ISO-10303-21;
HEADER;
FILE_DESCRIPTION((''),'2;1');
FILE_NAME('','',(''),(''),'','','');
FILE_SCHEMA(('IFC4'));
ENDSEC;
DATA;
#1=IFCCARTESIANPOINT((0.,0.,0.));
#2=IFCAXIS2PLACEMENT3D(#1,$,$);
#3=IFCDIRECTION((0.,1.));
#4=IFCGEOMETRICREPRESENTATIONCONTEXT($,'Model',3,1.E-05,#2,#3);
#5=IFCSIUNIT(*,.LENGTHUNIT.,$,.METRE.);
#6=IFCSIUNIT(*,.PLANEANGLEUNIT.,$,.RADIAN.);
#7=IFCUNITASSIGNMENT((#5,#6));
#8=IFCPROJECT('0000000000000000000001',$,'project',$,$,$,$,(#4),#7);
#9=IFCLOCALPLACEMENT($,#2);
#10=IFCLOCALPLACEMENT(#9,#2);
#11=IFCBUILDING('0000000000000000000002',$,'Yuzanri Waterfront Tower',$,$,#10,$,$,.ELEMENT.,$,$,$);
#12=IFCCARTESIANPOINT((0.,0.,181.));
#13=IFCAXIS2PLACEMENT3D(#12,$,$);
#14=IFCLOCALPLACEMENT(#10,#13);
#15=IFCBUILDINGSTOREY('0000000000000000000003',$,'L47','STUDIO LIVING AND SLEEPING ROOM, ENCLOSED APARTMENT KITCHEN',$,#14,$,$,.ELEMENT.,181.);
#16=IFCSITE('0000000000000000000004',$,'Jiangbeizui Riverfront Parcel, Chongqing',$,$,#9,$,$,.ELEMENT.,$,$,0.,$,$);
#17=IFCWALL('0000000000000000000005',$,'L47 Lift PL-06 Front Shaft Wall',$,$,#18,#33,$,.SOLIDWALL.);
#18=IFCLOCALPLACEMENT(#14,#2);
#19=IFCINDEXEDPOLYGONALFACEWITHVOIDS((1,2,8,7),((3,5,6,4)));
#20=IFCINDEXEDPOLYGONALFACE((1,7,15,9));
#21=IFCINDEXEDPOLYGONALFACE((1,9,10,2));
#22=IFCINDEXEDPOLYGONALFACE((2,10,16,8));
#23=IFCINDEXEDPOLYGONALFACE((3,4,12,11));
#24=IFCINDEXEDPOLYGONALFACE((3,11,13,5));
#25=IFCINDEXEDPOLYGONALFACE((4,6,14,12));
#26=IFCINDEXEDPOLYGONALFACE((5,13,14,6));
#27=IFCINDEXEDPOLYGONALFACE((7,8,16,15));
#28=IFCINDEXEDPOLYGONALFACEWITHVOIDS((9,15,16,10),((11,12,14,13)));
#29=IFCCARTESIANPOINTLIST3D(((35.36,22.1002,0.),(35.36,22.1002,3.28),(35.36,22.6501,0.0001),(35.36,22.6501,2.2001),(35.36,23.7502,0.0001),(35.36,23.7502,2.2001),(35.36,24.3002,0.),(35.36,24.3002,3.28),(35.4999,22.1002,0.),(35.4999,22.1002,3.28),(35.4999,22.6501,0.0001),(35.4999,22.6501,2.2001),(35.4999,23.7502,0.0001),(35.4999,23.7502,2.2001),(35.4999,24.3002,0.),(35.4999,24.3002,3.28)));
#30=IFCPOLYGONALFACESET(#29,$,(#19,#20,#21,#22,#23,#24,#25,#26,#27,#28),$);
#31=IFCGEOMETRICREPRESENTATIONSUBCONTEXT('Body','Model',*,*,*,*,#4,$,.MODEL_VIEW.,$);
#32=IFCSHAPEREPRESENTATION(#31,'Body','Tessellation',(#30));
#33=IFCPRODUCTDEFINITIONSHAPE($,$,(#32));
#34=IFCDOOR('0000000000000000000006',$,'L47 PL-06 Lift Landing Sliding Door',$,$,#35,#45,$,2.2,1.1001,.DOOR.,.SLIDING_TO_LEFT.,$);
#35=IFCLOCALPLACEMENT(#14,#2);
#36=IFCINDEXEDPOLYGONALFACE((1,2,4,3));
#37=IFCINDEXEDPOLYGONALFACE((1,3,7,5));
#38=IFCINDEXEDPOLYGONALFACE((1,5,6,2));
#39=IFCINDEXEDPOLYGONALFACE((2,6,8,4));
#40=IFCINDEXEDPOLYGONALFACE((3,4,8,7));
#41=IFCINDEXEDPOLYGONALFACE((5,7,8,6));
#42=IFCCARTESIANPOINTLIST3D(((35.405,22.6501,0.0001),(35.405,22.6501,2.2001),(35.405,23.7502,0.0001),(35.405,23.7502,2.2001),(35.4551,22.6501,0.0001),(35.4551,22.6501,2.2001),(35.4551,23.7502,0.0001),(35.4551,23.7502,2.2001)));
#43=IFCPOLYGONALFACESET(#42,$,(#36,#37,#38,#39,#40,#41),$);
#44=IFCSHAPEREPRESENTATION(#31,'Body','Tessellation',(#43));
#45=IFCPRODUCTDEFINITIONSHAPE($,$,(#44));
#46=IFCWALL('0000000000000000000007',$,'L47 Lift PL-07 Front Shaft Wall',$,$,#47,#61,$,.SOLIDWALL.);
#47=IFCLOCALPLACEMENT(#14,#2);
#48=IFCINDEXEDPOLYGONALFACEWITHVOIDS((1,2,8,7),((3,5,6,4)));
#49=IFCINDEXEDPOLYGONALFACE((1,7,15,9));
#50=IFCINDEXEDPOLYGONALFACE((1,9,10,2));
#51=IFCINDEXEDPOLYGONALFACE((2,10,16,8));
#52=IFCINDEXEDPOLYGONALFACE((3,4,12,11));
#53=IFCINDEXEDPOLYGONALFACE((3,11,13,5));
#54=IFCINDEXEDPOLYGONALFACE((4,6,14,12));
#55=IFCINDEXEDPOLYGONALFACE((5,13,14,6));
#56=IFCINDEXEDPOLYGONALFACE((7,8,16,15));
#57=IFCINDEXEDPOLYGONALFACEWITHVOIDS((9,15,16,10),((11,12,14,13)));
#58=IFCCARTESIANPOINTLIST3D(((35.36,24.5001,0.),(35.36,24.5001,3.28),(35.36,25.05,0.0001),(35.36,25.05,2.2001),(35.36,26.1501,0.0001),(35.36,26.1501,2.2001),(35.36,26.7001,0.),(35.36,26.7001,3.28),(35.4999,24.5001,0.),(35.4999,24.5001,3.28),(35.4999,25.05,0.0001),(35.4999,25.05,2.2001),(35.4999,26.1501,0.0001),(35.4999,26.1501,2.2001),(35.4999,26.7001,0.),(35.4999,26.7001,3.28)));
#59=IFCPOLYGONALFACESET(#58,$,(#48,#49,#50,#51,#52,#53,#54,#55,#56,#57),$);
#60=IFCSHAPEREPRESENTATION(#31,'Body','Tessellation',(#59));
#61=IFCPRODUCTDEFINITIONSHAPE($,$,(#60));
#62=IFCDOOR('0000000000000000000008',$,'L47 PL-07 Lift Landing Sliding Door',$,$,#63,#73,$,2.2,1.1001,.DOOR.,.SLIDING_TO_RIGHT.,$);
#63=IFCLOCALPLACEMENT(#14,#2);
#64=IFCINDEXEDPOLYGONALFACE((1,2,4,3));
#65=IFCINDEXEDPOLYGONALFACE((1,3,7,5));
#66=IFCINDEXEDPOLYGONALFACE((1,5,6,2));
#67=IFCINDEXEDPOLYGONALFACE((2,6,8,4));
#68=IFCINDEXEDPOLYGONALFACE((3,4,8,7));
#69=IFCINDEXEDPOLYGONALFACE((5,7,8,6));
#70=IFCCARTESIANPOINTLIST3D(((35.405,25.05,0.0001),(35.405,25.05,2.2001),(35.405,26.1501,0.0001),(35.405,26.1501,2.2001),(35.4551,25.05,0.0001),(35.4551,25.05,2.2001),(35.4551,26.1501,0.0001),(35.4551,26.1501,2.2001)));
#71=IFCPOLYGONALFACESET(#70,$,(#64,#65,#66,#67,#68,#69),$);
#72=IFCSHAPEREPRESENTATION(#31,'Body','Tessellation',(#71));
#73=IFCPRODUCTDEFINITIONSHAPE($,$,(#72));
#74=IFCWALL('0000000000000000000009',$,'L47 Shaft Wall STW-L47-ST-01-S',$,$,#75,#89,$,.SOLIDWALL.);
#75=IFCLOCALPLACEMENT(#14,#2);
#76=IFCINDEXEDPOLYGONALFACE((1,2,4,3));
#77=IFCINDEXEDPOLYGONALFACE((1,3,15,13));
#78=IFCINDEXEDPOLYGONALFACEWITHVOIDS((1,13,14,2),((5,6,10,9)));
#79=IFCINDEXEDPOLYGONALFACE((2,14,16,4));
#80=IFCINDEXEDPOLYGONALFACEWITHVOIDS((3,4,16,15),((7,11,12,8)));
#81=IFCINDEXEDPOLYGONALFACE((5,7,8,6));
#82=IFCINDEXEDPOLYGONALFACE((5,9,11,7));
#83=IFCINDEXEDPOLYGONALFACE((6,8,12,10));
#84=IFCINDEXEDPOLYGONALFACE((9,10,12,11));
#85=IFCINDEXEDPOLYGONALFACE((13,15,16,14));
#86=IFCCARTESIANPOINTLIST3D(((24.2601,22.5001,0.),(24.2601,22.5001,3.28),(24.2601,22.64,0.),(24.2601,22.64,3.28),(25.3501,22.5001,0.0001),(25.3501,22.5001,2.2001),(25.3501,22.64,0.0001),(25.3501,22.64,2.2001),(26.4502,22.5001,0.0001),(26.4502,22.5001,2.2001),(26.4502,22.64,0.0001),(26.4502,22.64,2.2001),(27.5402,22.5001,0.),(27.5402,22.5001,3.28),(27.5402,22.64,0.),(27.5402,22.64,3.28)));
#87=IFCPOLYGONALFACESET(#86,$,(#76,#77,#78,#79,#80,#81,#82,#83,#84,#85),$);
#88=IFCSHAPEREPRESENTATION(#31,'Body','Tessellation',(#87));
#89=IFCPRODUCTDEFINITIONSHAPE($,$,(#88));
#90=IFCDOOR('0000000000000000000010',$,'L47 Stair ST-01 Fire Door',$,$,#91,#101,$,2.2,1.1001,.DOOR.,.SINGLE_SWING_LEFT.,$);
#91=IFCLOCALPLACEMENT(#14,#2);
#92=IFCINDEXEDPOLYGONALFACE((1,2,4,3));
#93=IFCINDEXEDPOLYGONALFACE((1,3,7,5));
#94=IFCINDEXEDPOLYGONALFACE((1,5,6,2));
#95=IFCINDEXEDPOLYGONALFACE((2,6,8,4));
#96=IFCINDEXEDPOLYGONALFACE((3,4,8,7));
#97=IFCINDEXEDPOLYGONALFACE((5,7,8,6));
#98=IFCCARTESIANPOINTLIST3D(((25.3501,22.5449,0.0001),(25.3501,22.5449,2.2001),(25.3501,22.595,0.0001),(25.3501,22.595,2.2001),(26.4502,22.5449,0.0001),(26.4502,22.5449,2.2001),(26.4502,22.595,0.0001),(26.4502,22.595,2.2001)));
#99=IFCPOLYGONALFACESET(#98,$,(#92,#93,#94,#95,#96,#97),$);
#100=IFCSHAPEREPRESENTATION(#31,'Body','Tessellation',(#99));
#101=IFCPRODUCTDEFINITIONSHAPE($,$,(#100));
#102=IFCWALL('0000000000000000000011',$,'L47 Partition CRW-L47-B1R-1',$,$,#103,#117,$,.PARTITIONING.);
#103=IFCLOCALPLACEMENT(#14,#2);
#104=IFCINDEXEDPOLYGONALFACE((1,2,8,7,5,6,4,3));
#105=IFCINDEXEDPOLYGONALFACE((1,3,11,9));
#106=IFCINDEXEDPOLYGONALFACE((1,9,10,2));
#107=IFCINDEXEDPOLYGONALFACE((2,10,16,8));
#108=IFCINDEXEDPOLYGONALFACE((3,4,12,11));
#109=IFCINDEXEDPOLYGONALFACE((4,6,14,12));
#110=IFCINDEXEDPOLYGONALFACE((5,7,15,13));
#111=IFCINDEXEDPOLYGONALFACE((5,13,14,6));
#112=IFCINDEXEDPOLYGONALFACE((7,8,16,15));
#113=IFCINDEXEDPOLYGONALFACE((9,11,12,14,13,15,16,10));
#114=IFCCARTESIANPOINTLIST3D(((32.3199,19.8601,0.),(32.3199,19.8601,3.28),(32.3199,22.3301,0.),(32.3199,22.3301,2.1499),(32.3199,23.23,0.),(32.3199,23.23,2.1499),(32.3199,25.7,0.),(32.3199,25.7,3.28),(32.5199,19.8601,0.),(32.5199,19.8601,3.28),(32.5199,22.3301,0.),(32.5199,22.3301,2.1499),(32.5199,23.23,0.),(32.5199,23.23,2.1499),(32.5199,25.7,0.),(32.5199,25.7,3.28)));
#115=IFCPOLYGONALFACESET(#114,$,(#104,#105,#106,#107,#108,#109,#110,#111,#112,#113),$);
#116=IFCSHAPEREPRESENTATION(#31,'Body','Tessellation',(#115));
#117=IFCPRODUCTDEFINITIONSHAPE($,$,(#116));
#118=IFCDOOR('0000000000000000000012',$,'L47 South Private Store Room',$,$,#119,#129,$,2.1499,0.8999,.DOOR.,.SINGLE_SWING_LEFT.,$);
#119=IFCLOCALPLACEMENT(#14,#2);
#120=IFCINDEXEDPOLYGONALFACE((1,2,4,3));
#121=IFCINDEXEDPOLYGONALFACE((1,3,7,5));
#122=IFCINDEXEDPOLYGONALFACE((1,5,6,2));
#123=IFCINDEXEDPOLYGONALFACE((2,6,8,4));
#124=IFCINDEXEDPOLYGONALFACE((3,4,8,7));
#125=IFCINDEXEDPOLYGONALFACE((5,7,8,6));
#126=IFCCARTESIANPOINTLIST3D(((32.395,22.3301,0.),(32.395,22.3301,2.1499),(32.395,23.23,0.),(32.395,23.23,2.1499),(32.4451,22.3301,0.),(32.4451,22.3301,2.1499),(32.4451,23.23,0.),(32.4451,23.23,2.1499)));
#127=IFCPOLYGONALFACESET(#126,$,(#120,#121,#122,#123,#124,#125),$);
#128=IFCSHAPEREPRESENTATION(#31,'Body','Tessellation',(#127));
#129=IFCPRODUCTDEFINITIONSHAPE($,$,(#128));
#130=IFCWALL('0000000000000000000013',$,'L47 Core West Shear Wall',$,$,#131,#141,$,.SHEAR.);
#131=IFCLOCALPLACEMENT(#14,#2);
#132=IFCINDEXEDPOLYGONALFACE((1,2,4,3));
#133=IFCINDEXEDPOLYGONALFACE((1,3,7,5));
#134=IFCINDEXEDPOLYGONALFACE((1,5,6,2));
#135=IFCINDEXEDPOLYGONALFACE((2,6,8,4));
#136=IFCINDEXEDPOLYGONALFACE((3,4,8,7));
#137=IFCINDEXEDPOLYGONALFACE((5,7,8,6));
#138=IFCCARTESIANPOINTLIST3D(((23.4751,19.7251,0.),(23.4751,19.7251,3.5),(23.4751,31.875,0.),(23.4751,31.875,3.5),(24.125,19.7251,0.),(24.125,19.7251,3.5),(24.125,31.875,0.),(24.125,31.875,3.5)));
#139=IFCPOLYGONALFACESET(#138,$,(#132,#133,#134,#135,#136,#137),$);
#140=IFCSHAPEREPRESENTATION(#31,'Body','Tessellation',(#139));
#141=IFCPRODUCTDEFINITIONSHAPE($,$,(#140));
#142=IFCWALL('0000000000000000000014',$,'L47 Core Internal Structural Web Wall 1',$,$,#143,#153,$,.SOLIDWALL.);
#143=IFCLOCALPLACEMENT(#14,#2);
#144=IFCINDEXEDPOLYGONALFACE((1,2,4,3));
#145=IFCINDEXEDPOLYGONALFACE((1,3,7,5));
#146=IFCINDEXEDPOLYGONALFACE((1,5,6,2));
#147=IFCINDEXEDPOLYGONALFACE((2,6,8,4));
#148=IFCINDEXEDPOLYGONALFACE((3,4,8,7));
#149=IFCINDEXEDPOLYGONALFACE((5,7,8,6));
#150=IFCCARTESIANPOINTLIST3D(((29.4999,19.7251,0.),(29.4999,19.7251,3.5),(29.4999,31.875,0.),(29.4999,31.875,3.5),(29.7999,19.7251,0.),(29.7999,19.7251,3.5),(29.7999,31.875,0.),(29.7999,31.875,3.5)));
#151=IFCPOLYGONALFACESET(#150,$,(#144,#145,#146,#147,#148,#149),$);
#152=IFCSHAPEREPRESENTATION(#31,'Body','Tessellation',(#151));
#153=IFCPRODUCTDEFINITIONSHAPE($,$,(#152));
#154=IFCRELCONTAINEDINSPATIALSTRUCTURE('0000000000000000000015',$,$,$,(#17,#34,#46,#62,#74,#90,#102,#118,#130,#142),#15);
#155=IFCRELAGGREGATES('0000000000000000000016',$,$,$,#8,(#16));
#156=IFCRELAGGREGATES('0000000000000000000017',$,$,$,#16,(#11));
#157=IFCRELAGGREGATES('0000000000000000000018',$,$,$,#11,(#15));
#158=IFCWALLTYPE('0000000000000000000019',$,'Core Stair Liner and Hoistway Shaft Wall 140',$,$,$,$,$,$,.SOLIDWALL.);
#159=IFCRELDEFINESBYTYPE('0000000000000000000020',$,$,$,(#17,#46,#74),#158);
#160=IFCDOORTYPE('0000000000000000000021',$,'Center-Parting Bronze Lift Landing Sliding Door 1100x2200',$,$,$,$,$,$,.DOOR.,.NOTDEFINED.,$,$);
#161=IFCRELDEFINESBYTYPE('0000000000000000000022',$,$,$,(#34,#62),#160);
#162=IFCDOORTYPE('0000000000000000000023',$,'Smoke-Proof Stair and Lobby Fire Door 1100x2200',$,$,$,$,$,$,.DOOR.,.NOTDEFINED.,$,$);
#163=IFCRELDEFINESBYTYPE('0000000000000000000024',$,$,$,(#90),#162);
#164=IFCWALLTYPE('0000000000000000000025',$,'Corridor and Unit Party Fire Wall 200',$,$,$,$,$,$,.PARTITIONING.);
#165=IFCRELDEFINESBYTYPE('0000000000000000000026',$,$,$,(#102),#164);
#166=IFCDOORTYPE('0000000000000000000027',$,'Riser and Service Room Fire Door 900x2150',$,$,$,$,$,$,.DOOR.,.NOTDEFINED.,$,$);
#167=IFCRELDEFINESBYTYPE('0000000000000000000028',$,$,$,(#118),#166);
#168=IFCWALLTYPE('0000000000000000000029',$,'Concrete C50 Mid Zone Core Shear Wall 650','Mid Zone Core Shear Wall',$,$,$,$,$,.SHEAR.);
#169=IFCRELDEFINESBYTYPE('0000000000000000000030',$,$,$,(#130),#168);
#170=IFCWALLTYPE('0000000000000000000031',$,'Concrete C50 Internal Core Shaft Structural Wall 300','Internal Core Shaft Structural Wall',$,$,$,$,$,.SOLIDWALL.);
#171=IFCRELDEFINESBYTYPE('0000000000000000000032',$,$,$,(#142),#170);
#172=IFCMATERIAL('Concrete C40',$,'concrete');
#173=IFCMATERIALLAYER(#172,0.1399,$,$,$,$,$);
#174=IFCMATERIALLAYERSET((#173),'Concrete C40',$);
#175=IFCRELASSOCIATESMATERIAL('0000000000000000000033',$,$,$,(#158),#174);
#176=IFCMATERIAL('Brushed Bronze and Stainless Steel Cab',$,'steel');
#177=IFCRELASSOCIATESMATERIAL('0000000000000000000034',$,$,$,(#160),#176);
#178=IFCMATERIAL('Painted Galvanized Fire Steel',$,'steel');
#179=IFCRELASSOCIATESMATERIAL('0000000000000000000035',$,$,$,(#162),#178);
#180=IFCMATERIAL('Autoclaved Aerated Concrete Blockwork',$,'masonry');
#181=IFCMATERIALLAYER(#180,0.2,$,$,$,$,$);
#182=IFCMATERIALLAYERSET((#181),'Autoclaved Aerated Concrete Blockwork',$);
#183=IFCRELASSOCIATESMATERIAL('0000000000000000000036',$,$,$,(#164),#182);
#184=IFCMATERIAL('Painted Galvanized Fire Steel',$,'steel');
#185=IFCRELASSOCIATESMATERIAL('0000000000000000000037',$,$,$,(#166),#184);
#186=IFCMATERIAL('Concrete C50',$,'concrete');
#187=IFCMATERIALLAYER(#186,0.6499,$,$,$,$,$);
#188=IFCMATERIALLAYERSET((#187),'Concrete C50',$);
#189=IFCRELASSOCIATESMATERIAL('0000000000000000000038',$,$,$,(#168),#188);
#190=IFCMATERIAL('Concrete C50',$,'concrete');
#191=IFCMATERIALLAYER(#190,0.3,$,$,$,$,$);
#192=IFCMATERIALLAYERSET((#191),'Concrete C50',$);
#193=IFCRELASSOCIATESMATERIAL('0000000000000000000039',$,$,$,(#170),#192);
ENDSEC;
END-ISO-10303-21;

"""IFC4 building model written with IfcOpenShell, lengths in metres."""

from ifc_helpers import new_model, si_unit, direction, frame, frame_2d, origin, place, context, subcontext, project, spatial, rectangle, extrude, source, transform, mapped, material, layer, layer_set, type_object, element, fill, save


model = new_model("IFC4")

# Units and contexts
model_context = context("Model", 3, precision=1e-05, world=origin(), true_north=direction((0.0, 1.0)))
body_context = subcontext(model_context, "Body", "Model", "MODEL_VIEW")
ifc_project = project(units=[si_unit("LENGTHUNIT", "METRE"), si_unit("PLANEANGLEUNIT", "RADIAN")], contexts=[model_context])

# Site, building, storey
site_placement = place(None, origin())
site = spatial("IfcSite", under=ifc_project, at=site_placement, Name="Jiangbeizui Riverfront Parcel, Chongqing", CompositionType="ELEMENT", RefElevation=0.0)
building_placement = place(site_placement, origin())
building = spatial("IfcBuilding", under=site, at=building_placement, Name="Yuzanri Waterfront Tower", CompositionType="ELEMENT")
storey_placement = place(building_placement, frame((0.0, 0.0, 181.0)))
storey = spatial("IfcBuildingStorey", under=building, at=storey_placement, Name="L47", Description="STUDIO LIVING AND SLEEPING ROOM, ENCLOSED APARTMENT KITCHEN", CompositionType="ELEMENT", Elevation=181.0)

# Walls, openings, doors
ifc_material_1 = material(Name="Concrete C40", Category="concrete")
ifc_layer_1 = layer(ifc_material_1, 0.1399)
ifc_layer_set_1 = layer_set([ifc_layer_1], Name="Concrete C40")
wall_type_1 = type_object("IfcWallType", Name="Core Stair Liner and Hoistway Shaft Wall 140", PredefinedType="SOLIDWALL", material=ifc_layer_set_1)
ifc_material_2 = material(Name="Brushed Bronze and Stainless Steel Cab", Category="steel")
door_type_1 = type_object("IfcDoorType", Name="Center-Parting Bronze Lift Landing Sliding Door 1100x2200", OperationType="NOTDEFINED", PredefinedType="DOOR", material=ifc_material_2)
shared_shape_1 = source(origin(), body_context, "Body", "SweptSolid", [
    extrude(rectangle(XDim=1.1001, YDim=2.2, at=frame_2d((0.55, 1.1001))), frame((0.0, 0.0249, 0.0), z_axis=(0.0, -1.0, 0.0), x_axis=(1.0, 0.0, 0.0)), (0.0, 0.0, 1.0), 0.05),
])
wall_1_placement = place(storey_placement, frame((35.4299, 22.1001, 0.0), z_axis=(0.0, 0.0, 1.0), x_axis=(0.0, 1.0, 0.0)))
wall_1 = element("IfcWall", 1, at=wall_1_placement, inside=storey, type_object=wall_type_1, Name="L47 Lift PL-06 Front Shaft Wall", PredefinedType="SOLIDWALL", context=body_context, shape_type="SweptSolid", body=[
    extrude(rectangle(XDim=2.2, YDim=0.1399, at=frame_2d((1.1001, 0.0))), origin(), (0.0, 0.0, 1.0), 3.28),
])
opening_1_placement = place(wall_1_placement, frame((0.55, 0.0, 0.0)))
opening_1 = element("IfcOpeningElement", 2, at=opening_1_placement, cuts=wall_1, PredefinedType="OPENING", context=body_context, shape_type="SweptSolid", body=[
    extrude(rectangle(XDim=1.1001, YDim=2.2, at=frame_2d((0.55, 1.1001))), frame((0.0, 0.085, 0.0), z_axis=(0.0, -1.0, 0.0), x_axis=(1.0, 0.0, 0.0)), (0.0, 0.0, 1.0), 0.1697),
])
door_1_placement = place(opening_1_placement, origin())
door_1 = element("IfcDoor", 3, at=door_1_placement, inside=storey, type_object=door_type_1, Name="L47 PL-06 Lift Landing Sliding Door", OperationType="SLIDING_TO_LEFT", OverallHeight=2.2, OverallWidth=1.1001, PredefinedType="DOOR", context=body_context, shape_type="MappedRepresentation", body=[
    mapped(shared_shape_1, transform((0.0, 0.0, 0.0), scale=1.0)),
])
fill(opening_1, door_1)
wall_2_placement = place(storey_placement, frame((35.4299, 24.5, 0.0), z_axis=(0.0, 0.0, 1.0), x_axis=(0.0, 1.0, 0.0)))
wall_2 = element("IfcWall", 4, at=wall_2_placement, inside=storey, type_object=wall_type_1, Name="L47 Lift PL-07 Front Shaft Wall", PredefinedType="SOLIDWALL", context=body_context, shape_type="SweptSolid", body=[
    extrude(rectangle(XDim=2.2, YDim=0.1399, at=frame_2d((1.1001, 0.0))), origin(), (0.0, 0.0, 1.0), 3.28),
])
opening_2_placement = place(wall_2_placement, frame((0.55, 0.0, 0.0)))
opening_2 = element("IfcOpeningElement", 5, at=opening_2_placement, cuts=wall_2, PredefinedType="OPENING", context=body_context, shape_type="SweptSolid", body=[
    extrude(rectangle(XDim=1.1001, YDim=2.2, at=frame_2d((0.55, 1.1001))), frame((0.0, 0.085, 0.0), z_axis=(0.0, -1.0, 0.0), x_axis=(1.0, 0.0, 0.0)), (0.0, 0.0, 1.0), 0.1697),
])
door_2_placement = place(opening_2_placement, origin())
door_2 = element("IfcDoor", 6, at=door_2_placement, inside=storey, type_object=door_type_1, Name="L47 PL-07 Lift Landing Sliding Door", OperationType="SLIDING_TO_RIGHT", OverallHeight=2.2, OverallWidth=1.1001, PredefinedType="DOOR", context=body_context, shape_type="MappedRepresentation", body=[
    mapped(shared_shape_1, transform((0.0, 0.0, 0.0), scale=1.0)),
])
fill(opening_2, door_2)
wall_3_placement = place(storey_placement, frame((24.26, 22.5701, 0.0), z_axis=(0.0, 0.0, 1.0), x_axis=(1.0, 0.0, 0.0)))
wall_3 = element("IfcWall", 7, at=wall_3_placement, inside=storey, type_object=wall_type_1, Name="L47 Shaft Wall STW-L47-ST-01-S", PredefinedType="SOLIDWALL", context=body_context, shape_type="SweptSolid", body=[
    extrude(rectangle(XDim=3.28, YDim=0.1399, at=frame_2d((1.6401, 0.0))), origin(), (0.0, 0.0, 1.0), 3.28),
])
opening_3_placement = place(wall_3_placement, frame((1.0901, 0.0, 0.0)))
opening_3 = element("IfcOpeningElement", 8, at=opening_3_placement, cuts=wall_3, PredefinedType="OPENING", context=body_context, shape_type="SweptSolid", body=[
    extrude(rectangle(XDim=1.1001, YDim=2.2, at=frame_2d((0.55, 1.1001))), frame((0.0, 0.085, 0.0), z_axis=(0.0, -1.0, 0.0), x_axis=(1.0, 0.0, 0.0)), (0.0, 0.0, 1.0), 0.1697),
])
ifc_material_3 = material(Name="Painted Galvanized Fire Steel", Category="steel")
door_type_2 = type_object("IfcDoorType", Name="Smoke-Proof Stair and Lobby Fire Door 1100x2200", OperationType="NOTDEFINED", PredefinedType="DOOR", material=ifc_material_3)
shared_shape_2 = source(origin(), body_context, "Body", "SweptSolid", [
    extrude(rectangle(XDim=1.1001, YDim=2.2, at=frame_2d((0.55, 1.1001))), frame((0.0, 0.0249, 0.0), z_axis=(0.0, -1.0, 0.0), x_axis=(1.0, 0.0, 0.0)), (0.0, 0.0, 1.0), 0.05),
])
door_3_placement = place(opening_3_placement, origin())
door_3 = element("IfcDoor", 9, at=door_3_placement, inside=storey, type_object=door_type_2, Name="L47 Stair ST-01 Fire Door", OperationType="SINGLE_SWING_LEFT", OverallHeight=2.2, OverallWidth=1.1001, PredefinedType="DOOR", context=body_context, shape_type="MappedRepresentation", body=[
    mapped(shared_shape_2, transform((0.0, 0.0, 0.0), scale=1.0)),
])
fill(opening_3, door_3)
ifc_material_4 = material(Name="Autoclaved Aerated Concrete Blockwork", Category="masonry")
ifc_layer_2 = layer(ifc_material_4, 0.2)
ifc_layer_set_2 = layer_set([ifc_layer_2], Name="Autoclaved Aerated Concrete Blockwork")
wall_type_2 = type_object("IfcWallType", Name="Corridor and Unit Party Fire Wall 200", PredefinedType="PARTITIONING", material=ifc_layer_set_2)
wall_4_placement = place(storey_placement, frame((32.4199, 19.8601, 0.0), z_axis=(0.0, 0.0, 1.0), x_axis=(0.0, 1.0, 0.0)))
wall_4 = element("IfcWall", 10, at=wall_4_placement, inside=storey, type_object=wall_type_2, Name="L47 Partition CRW-L47-B1R-1", PredefinedType="PARTITIONING", context=body_context, shape_type="SweptSolid", body=[
    extrude(rectangle(XDim=5.8398, YDim=0.2, at=frame_2d((2.9199, 0.0))), origin(), (0.0, 0.0, 1.0), 3.28),
])
opening_4_placement = place(wall_4_placement, frame((2.47, 0.0, 0.0)))
opening_4 = element("IfcOpeningElement", 11, at=opening_4_placement, cuts=wall_4, PredefinedType="OPENING", context=body_context, shape_type="SweptSolid", body=[
    extrude(rectangle(XDim=0.8999, YDim=2.1499, at=frame_2d((0.45, 1.075))), frame((0.0, 0.1147, 0.0), z_axis=(0.0, -1.0, 0.0), x_axis=(1.0, 0.0, 0.0)), (0.0, 0.0, 1.0), 0.2297),
])
ifc_material_5 = material(Name="Painted Galvanized Fire Steel", Category="steel")
door_type_3 = type_object("IfcDoorType", Name="Riser and Service Room Fire Door 900x2150", OperationType="NOTDEFINED", PredefinedType="DOOR", material=ifc_material_5)
shared_shape_3 = source(origin(), body_context, "Body", "SweptSolid", [
    extrude(rectangle(XDim=0.8999, YDim=2.1499, at=frame_2d((0.45, 1.075))), frame((0.0, 0.0249, 0.0), z_axis=(0.0, -1.0, 0.0), x_axis=(1.0, 0.0, 0.0)), (0.0, 0.0, 1.0), 0.05),
])
door_4_placement = place(opening_4_placement, origin())
door_4 = element("IfcDoor", 12, at=door_4_placement, inside=storey, type_object=door_type_3, Name="L47 South Private Store Room", OperationType="SINGLE_SWING_LEFT", OverallHeight=2.1499, OverallWidth=0.8999, PredefinedType="DOOR", context=body_context, shape_type="MappedRepresentation", body=[
    mapped(shared_shape_3, transform((0.0, 0.0, 0.0), scale=1.0)),
])
fill(opening_4, door_4)

# Walls
ifc_material_6 = material(Name="Concrete C50", Category="concrete")
ifc_layer_3 = layer(ifc_material_6, 0.6499)
ifc_layer_set_3 = layer_set([ifc_layer_3], Name="Concrete C50")
wall_type_3 = type_object("IfcWallType", Name="Concrete C50 Mid Zone Core Shear Wall 650", Description="Mid Zone Core Shear Wall", PredefinedType="SHEAR", material=ifc_layer_set_3)
shared_shape_4 = source(origin(), body_context, "Body", "SweptSolid", [
    extrude(rectangle(XDim=12.1499, YDim=0.6499, at=frame_2d((6.075, 0.0))), origin(), (0.0, 0.0, 1.0), 3.5),
])
wall_5_placement = place(storey_placement, frame((23.8, 19.7251, 0.0), z_axis=(0.0, 0.0, 1.0), x_axis=(0.0, 1.0, 0.0)))
element("IfcWall", 13, at=wall_5_placement, inside=storey, type_object=wall_type_3, Name="L47 Core West Shear Wall", PredefinedType="SHEAR", context=body_context, shape_type="MappedRepresentation", body=[
    mapped(shared_shape_4, transform((0.0, 0.0, 0.0), scale=1.0)),
])
ifc_material_7 = material(Name="Concrete C50", Category="concrete")
ifc_layer_4 = layer(ifc_material_7, 0.3)
ifc_layer_set_4 = layer_set([ifc_layer_4], Name="Concrete C50")
wall_type_4 = type_object("IfcWallType", Name="Concrete C50 Internal Core Shaft Structural Wall 300", Description="Internal Core Shaft Structural Wall", PredefinedType="SOLIDWALL", material=ifc_layer_set_4)
shared_shape_5 = source(origin(), body_context, "Body", "SweptSolid", [
    extrude(rectangle(XDim=12.1499, YDim=0.3, at=frame_2d((6.075, 0.0))), origin(), (0.0, 0.0, 1.0), 3.5),
])
wall_6_placement = place(storey_placement, frame((29.6499, 19.7251, 0.0), z_axis=(0.0, 0.0, 1.0), x_axis=(0.0, 1.0, 0.0)))
element("IfcWall", 14, at=wall_6_placement, inside=storey, type_object=wall_type_4, Name="L47 Core Internal Structural Web Wall 1", PredefinedType="SOLIDWALL", context=body_context, shape_type="MappedRepresentation", body=[
    mapped(shared_shape_5, transform((0.0, 0.0, 0.0), scale=1.0)),
])

save(model, "model.ifc")
